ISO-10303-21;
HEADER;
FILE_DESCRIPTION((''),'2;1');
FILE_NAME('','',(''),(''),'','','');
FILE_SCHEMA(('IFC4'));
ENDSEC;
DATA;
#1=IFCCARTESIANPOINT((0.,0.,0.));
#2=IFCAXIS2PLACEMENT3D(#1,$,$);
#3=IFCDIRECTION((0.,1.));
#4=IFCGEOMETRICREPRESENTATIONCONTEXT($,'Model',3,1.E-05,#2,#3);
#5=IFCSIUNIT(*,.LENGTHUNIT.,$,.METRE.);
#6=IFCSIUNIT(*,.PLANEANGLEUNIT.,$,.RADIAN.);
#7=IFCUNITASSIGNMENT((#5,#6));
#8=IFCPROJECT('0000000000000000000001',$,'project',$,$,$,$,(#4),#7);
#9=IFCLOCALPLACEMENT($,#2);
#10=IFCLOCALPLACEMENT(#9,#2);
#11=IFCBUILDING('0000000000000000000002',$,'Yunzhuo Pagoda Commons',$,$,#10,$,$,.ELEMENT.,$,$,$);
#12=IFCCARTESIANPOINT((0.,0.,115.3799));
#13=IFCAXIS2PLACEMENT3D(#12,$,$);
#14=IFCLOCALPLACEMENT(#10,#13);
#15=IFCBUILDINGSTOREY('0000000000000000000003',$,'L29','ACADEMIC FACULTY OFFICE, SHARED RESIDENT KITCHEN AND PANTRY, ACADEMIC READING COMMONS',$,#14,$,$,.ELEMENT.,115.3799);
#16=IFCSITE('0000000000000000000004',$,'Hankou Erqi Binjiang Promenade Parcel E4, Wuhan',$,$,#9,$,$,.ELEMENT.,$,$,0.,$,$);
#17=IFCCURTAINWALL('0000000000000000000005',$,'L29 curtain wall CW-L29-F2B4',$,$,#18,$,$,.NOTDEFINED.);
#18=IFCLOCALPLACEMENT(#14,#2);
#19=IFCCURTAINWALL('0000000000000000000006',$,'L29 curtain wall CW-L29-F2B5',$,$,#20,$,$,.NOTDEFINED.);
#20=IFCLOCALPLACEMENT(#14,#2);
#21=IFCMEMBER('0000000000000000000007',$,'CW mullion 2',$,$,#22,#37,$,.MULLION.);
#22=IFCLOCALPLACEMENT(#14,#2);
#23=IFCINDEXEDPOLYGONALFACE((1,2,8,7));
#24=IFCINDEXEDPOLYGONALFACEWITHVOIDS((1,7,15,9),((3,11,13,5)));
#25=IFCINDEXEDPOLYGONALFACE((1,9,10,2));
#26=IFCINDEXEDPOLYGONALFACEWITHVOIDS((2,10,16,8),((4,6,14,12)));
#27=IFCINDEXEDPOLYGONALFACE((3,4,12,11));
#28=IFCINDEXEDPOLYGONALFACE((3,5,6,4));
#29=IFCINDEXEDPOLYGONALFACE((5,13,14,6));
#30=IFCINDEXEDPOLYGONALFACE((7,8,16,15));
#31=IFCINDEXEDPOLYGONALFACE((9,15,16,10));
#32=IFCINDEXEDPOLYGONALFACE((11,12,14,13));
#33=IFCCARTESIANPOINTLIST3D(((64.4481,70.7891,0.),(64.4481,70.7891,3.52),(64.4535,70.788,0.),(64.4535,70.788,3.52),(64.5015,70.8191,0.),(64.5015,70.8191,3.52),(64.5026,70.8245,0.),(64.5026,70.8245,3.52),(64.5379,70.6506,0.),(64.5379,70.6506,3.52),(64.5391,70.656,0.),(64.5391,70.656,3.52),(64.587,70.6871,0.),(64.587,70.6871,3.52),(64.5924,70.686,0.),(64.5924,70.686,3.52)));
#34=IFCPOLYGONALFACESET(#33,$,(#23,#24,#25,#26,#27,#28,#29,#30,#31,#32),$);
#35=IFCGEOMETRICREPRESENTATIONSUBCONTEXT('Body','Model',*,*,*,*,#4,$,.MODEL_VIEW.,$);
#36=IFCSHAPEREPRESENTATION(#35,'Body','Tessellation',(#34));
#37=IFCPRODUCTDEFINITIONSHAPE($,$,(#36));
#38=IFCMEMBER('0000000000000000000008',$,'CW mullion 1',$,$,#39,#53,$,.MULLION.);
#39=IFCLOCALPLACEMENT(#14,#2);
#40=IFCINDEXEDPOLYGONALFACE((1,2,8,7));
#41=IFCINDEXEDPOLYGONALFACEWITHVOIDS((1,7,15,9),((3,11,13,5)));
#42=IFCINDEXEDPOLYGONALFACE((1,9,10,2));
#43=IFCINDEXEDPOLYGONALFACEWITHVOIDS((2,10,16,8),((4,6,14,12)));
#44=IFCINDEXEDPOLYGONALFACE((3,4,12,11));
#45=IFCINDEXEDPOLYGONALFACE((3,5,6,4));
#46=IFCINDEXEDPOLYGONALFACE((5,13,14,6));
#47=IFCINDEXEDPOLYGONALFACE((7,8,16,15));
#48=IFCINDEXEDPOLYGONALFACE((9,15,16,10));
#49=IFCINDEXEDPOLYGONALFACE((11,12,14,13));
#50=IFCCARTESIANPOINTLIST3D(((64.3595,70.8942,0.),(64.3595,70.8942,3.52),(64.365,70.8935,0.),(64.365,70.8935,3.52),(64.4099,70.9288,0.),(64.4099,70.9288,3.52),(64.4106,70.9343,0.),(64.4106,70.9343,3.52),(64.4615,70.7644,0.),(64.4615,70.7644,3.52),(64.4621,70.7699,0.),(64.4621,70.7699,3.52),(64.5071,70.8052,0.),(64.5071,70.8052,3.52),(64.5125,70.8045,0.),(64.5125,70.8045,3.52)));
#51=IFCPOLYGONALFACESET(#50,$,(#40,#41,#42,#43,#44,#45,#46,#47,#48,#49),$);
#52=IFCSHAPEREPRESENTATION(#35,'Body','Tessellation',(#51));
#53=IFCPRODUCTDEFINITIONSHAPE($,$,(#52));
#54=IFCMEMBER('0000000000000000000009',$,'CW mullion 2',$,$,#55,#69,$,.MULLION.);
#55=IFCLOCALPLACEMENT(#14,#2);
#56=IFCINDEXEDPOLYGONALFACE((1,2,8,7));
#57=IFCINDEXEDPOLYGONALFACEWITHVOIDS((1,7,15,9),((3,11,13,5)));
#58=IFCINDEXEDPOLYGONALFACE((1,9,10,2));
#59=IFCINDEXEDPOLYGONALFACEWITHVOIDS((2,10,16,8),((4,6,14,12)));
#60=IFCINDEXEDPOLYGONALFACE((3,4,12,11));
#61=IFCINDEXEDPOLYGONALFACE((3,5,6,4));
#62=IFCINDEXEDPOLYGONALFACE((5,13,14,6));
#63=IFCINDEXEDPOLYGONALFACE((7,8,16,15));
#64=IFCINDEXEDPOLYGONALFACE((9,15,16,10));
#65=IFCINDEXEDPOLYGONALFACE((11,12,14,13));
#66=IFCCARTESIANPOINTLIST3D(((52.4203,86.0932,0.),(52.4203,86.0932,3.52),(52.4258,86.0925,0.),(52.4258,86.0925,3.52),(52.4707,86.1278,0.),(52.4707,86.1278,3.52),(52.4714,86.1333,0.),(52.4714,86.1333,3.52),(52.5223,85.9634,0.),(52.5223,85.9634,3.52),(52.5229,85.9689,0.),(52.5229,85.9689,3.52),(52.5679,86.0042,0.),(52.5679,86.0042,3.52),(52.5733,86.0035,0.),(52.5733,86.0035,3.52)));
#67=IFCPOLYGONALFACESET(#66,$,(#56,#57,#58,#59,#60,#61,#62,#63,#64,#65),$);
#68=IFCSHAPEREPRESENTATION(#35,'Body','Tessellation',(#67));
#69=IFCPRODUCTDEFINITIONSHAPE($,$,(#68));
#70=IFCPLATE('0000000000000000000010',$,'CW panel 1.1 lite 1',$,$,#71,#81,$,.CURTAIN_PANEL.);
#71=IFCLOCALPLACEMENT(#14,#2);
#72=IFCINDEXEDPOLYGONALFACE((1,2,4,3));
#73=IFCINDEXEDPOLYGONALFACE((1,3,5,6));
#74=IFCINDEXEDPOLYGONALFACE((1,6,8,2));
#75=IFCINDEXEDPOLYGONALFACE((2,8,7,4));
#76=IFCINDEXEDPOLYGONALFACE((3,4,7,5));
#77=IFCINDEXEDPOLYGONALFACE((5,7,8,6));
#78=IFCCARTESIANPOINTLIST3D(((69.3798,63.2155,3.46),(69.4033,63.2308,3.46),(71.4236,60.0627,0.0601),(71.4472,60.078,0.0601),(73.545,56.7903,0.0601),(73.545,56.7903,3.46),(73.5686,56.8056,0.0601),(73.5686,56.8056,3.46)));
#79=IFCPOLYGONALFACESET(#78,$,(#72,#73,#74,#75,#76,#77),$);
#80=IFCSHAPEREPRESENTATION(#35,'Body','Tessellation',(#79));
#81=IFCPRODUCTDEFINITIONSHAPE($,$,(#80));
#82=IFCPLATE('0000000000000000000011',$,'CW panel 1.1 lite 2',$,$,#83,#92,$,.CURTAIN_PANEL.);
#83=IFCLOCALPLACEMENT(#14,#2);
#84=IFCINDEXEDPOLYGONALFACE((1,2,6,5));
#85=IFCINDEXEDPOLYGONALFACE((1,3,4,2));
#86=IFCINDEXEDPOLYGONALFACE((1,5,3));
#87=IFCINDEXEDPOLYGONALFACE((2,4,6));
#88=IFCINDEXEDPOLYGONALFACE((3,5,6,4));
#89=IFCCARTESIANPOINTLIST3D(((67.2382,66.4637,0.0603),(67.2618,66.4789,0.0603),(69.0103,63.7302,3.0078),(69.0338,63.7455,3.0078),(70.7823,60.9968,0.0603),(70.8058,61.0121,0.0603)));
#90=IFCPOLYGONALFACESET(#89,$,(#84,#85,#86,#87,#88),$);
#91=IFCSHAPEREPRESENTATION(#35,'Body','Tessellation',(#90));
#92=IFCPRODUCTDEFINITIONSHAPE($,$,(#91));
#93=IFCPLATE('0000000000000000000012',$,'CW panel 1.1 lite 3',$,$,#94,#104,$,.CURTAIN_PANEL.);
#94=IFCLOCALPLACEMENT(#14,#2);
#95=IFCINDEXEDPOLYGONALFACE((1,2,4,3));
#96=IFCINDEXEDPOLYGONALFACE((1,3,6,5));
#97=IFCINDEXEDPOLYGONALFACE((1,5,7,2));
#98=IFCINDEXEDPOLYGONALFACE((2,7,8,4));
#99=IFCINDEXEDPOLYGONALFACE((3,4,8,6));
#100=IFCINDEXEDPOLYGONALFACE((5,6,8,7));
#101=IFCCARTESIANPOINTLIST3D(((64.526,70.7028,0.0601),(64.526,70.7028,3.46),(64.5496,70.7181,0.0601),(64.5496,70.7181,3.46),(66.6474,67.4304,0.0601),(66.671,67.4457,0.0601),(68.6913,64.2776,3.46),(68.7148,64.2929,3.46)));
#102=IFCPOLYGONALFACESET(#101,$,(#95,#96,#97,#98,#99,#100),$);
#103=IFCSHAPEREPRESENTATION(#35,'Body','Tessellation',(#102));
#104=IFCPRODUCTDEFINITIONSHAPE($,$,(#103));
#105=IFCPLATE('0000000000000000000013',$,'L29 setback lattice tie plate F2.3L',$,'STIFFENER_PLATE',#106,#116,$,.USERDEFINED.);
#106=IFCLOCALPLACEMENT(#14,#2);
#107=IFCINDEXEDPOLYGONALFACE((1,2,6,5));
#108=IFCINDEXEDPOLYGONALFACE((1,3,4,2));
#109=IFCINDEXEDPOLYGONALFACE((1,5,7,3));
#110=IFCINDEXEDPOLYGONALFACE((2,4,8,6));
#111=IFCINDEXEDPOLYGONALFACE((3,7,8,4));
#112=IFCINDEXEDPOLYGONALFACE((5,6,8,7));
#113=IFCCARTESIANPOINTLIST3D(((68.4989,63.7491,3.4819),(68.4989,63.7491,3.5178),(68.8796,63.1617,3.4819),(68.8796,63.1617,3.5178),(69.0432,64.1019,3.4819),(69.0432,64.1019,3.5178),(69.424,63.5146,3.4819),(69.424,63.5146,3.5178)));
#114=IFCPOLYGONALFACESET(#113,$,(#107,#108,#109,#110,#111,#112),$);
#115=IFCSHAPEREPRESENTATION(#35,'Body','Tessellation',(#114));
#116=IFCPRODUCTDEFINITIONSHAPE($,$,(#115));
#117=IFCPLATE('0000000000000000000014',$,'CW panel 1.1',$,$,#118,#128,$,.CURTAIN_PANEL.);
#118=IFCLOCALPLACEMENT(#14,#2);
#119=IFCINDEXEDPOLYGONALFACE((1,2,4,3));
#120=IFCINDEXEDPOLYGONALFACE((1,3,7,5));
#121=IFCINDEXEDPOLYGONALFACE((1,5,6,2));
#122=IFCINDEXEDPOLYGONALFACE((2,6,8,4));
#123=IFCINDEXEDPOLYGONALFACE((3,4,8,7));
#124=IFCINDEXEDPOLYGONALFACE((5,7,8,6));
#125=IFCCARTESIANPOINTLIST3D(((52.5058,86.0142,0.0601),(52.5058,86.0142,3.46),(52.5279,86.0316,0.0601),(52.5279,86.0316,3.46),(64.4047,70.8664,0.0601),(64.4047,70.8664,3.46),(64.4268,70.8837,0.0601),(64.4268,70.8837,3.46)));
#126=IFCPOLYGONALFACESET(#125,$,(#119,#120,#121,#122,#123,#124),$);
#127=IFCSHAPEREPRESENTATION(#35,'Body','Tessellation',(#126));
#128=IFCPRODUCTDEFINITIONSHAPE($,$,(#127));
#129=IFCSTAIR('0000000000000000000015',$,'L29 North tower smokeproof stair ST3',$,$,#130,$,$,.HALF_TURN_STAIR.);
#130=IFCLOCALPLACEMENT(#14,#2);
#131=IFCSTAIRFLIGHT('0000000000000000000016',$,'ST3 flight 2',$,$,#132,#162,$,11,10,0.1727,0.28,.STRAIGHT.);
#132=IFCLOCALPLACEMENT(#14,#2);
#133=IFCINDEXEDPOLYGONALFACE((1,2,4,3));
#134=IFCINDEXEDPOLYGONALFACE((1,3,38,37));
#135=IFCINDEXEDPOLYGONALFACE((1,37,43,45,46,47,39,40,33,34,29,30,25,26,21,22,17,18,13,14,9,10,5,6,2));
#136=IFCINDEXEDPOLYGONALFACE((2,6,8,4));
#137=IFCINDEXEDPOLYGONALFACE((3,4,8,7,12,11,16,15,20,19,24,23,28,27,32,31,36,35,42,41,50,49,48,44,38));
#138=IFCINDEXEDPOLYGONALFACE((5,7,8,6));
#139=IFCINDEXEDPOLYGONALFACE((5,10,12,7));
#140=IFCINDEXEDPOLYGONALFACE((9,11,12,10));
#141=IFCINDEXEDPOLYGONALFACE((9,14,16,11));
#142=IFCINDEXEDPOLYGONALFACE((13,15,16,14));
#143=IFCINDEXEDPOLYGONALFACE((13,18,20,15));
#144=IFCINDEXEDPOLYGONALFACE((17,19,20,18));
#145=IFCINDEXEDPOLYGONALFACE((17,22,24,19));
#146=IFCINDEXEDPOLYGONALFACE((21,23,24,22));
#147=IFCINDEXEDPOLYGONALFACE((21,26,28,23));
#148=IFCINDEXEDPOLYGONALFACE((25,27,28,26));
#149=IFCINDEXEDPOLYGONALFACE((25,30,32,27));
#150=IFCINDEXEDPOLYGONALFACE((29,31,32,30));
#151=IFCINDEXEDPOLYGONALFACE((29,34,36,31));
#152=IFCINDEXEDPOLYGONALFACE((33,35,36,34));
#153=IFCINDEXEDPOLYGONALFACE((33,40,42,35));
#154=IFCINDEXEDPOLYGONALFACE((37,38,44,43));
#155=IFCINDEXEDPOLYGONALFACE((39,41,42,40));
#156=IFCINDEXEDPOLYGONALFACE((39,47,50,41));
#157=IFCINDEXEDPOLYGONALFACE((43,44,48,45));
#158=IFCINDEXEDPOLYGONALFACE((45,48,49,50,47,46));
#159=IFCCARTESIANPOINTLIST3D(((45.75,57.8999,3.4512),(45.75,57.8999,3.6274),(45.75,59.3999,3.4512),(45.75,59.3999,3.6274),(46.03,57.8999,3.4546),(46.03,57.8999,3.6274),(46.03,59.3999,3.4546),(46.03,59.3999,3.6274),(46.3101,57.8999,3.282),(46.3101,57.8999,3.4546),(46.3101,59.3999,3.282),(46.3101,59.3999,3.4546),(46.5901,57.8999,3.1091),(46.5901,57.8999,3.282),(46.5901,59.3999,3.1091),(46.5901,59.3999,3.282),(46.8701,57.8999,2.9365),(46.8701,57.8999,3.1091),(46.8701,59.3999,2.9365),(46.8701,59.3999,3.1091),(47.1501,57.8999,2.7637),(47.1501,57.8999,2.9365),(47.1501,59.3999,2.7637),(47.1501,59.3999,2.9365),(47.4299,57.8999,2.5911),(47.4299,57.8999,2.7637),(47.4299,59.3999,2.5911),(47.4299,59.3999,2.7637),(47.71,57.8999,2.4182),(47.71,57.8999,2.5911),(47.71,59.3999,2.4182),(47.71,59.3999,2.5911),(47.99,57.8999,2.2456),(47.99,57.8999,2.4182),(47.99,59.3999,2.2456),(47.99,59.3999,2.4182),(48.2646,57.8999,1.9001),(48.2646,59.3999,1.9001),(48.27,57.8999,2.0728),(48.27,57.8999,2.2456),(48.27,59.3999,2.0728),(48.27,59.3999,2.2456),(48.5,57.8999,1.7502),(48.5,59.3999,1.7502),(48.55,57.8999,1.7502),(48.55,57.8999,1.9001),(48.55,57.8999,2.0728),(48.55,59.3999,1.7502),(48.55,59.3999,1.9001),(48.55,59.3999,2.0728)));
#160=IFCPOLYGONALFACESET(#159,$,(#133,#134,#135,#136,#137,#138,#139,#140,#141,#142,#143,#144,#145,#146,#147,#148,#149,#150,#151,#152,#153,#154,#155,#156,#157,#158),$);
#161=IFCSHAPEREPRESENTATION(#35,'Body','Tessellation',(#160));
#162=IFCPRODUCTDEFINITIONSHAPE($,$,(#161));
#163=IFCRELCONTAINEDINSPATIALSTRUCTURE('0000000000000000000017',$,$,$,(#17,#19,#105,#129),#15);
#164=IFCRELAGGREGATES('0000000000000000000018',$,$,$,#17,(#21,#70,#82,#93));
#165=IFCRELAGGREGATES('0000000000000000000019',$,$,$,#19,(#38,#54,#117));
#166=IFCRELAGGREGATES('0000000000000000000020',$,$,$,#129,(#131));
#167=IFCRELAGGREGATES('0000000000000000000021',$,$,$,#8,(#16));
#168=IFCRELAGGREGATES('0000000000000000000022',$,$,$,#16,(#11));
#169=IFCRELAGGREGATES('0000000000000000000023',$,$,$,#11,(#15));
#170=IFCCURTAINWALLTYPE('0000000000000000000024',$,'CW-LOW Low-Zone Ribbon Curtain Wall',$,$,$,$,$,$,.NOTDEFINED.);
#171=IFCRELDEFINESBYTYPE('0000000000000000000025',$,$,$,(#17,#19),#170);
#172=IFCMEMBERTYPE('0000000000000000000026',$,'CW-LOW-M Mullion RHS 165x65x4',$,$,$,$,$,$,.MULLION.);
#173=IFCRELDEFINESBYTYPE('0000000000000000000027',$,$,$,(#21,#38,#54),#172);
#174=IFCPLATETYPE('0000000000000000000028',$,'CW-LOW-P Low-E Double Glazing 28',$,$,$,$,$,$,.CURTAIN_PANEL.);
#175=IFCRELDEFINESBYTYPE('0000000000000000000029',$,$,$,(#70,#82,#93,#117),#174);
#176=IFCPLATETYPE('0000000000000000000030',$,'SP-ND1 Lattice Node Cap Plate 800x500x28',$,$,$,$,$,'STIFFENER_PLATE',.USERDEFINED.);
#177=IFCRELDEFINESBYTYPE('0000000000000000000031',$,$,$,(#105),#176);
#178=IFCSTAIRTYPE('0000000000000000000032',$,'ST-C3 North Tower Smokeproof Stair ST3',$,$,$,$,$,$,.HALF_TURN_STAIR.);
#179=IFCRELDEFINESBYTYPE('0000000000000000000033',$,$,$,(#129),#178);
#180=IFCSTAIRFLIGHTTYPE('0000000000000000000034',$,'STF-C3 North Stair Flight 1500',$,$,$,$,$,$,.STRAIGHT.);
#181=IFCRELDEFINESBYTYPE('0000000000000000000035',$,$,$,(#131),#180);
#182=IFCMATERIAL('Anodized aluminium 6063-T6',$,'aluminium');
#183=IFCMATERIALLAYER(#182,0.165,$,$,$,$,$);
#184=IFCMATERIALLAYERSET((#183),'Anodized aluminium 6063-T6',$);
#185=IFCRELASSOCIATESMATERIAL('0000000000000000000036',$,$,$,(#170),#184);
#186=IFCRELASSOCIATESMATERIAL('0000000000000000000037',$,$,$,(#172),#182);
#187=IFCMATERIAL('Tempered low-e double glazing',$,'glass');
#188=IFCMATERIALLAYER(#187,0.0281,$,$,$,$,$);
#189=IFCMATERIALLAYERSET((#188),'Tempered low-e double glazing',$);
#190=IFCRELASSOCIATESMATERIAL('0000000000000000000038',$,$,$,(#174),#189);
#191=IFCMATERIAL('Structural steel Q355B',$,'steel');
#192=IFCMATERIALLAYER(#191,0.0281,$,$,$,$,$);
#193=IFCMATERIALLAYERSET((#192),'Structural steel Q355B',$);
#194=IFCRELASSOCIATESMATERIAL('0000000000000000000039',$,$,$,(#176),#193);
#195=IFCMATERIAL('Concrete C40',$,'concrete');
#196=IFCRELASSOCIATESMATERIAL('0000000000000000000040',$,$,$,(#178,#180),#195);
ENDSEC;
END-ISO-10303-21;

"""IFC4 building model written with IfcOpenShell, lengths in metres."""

from ifc_helpers import new_model, si_unit, direction, frame, origin, origin_2d, place, context, subcontext, project, spatial, polyline, rectangle, hollow_rectangle, outline, extrude, source, transform, mapped, material, layer, layer_set, material_profile, profile_set, type_object, element, aggregate, save


model = new_model("IFC4")

# Units and contexts
model_context = context("Model", 3, precision=1e-05, world=origin(), true_north=direction((0.0, 1.0)))
body_context = subcontext(model_context, "Body", "Model", "MODEL_VIEW")
ifc_project = project(units=[si_unit("LENGTHUNIT", "METRE"), si_unit("PLANEANGLEUNIT", "RADIAN")], contexts=[model_context])

# Site, building, storey
site_placement = place(None, origin())
site = spatial("IfcSite", under=ifc_project, at=site_placement, Name="Hankou Erqi Binjiang Promenade Parcel E4, Wuhan", CompositionType="ELEMENT", RefElevation=0.0)
building_placement = place(site_placement, origin())
building = spatial("IfcBuilding", under=site, at=building_placement, Name="Yunzhuo Pagoda Commons", CompositionType="ELEMENT")
storey_placement = place(building_placement, frame((0.0, 0.0, 115.3799)))
storey = spatial("IfcBuildingStorey", under=building, at=storey_placement, Name="L29", Description="ACADEMIC FACULTY OFFICE, SHARED RESIDENT KITCHEN AND PANTRY, ACADEMIC READING COMMONS", CompositionType="ELEMENT", Elevation=115.3799)

# Shared definitions
ifc_material_1 = material(Name="Structural steel Q355B", Category="steel")

# Curtain wall
ifc_material_2 = material(Name="Anodized aluminium 6063-T6", Category="aluminium")
ifc_layer_1 = layer(ifc_material_2, 0.165)
ifc_layer_set_1 = layer_set([ifc_layer_1], Name="Anodized aluminium 6063-T6")
curtain_wall_type = type_object("IfcCurtainWallType", Name="CW-LOW Low-Zone Ribbon Curtain Wall", PredefinedType="NOTDEFINED", material=ifc_layer_set_1)
curtain_wall_1_placement = place(storey_placement, origin())
curtain_wall_1 = element("IfcCurtainWall", 1, at=curtain_wall_1_placement, inside=storey, type_object=curtain_wall_type, Name="L29 curtain wall CW-L29-F2B4", PredefinedType="NOTDEFINED")

# Curtain wall
curtain_wall_2_placement = place(storey_placement, origin())
curtain_wall_2 = element("IfcCurtainWall", 2, at=curtain_wall_2_placement, inside=storey, type_object=curtain_wall_type, Name="L29 curtain wall CW-L29-F2B5", PredefinedType="NOTDEFINED")

# Members
ifc_material_profile_1 = material_profile(ifc_material_2, hollow_rectangle(XDim=0.0649, YDim=0.165, WallThickness=0.0039, at=origin_2d()), Name="Anodized aluminium 6063-T6")
ifc_profile_set_1 = profile_set([ifc_material_profile_1], Name="Anodized aluminium 6063-T6")
member_type_1 = type_object("IfcMemberType", Name="CW-LOW-M Mullion RHS 165x65x4", PredefinedType="MULLION", material=ifc_profile_set_1)
shared_shape_1 = source(origin(), body_context, "Body", "SweptSolid", [
    extrude(hollow_rectangle(XDim=0.0649, YDim=0.165, WallThickness=0.0039, at=origin_2d()), origin(), (0.0, 0.0, 1.0), 3.52),
])
member_1_placement = place(storey_placement, frame((64.5203, 70.7375, 0.0), z_axis=(0.0, 0.0, 1.0), x_axis=(-0.839106, -0.543968, 0.0)))
member_1 = element("IfcMember", 3, at=member_1_placement, type_object=member_type_1, Name="CW mullion 2", PredefinedType="MULLION", context=body_context, shape_type="MappedRepresentation", body=[
    mapped(shared_shape_1, transform((0.0, 0.0, 0.0), scale=1.0)),
])
member_2_placement = place(storey_placement, frame((64.436, 70.8494, 0.0), z_axis=(0.0, 0.0, 1.0), x_axis=(-0.786392, -0.617728, 0.0)))
member_2 = element("IfcMember", 4, at=member_2_placement, type_object=member_type_1, Name="CW mullion 1", PredefinedType="MULLION", context=body_context, shape_type="MappedRepresentation", body=[
    mapped(shared_shape_1, transform((0.0, 0.0, 0.0), scale=1.0)),
])
member_3_placement = place(storey_placement, frame((52.4968, 86.0483, 0.0), z_axis=(0.0, 0.0, 1.0), x_axis=(-0.786392, -0.617728, 0.0)))
member_3 = element("IfcMember", 5, at=member_3_placement, type_object=member_type_1, Name="CW mullion 2", PredefinedType="MULLION", context=body_context, shape_type="MappedRepresentation", body=[
    mapped(shared_shape_1, transform((0.0, 0.0, 0.0), scale=1.0)),
])

# Plates
ifc_material_3 = material(Name="Tempered low-e double glazing", Category="glass")
ifc_layer_2 = layer(ifc_material_3, 0.0281)
ifc_layer_set_2 = layer_set([ifc_layer_2], Name="Tempered low-e double glazing")
plate_type_1 = type_object("IfcPlateType", Name="CW-LOW-P Low-E Double Glazing 28", PredefinedType="CURTAIN_PANEL", material=ifc_layer_set_2)
plate_1_placement = place(storey_placement, frame((71.4624, 60.0029, 1.76), z_axis=(0.839106, 0.543968, 0.0), x_axis=(-0.543968, 0.839106, 0.0)))
plate_1 = element("IfcPlate", 6, at=plate_1_placement, type_object=plate_type_1, Name="CW panel 1.1 lite 1", PredefinedType="CURTAIN_PANEL", context=body_context, shape_type="SweptSolid", body=[
    extrude(outline(polyline([(-3.8286, -1.7), (0.0713, -1.7), (3.8286, 1.7), (-3.8286, 1.7), (-3.8286, -1.7)])), origin(), (0.0, 0.0, 1.0), 0.0281),
])
plate_2_placement = place(storey_placement, frame((69.0103, 63.7302, 1.5339), z_axis=(0.839106, 0.543968, 0.0), x_axis=(-0.543968, 0.839106, 0.0)))
plate_2 = element("IfcPlate", 7, at=plate_2_placement, type_object=plate_type_1, Name="CW panel 1.1 lite 2", PredefinedType="CURTAIN_PANEL", context=body_context, shape_type="SweptSolid", body=[
    extrude(outline(polyline([(-3.2576, -1.4736), (3.2576, -1.4736), (0.0, 1.4739), (-3.2576, -1.4736)])), origin(), (0.0, 0.0, 1.0), 0.0281),
])
plate_3_placement = place(storey_placement, frame((66.6086, 67.4902, 1.76), z_axis=(0.839106, 0.543968, 0.0), x_axis=(-0.543968, 0.839106, 0.0)))
plate_3 = element("IfcPlate", 8, at=plate_3_placement, type_object=plate_type_1, Name="CW panel 1.1 lite 3", PredefinedType="CURTAIN_PANEL", context=body_context, shape_type="SweptSolid", body=[
    extrude(outline(polyline([(-3.8286, 1.7), (-0.0713, -1.7), (3.8286, -1.7), (3.8286, 1.7), (-3.8286, 1.7)])), origin(), (0.0, 0.0, 1.0), 0.0281),
])
aggregate(curtain_wall_1, [member_1, plate_1, plate_2, plate_3])
ifc_layer_3 = layer(ifc_material_1, 0.0281)
ifc_layer_set_3 = layer_set([ifc_layer_3], Name="Structural steel Q355B")
plate_type_2 = type_object("IfcPlateType", Name="SP-ND1 Lattice Node Cap Plate 800x500x28", ElementType="STIFFENER_PLATE", PredefinedType="USERDEFINED", material=ifc_layer_set_3)
shared_shape_2 = source(origin(), body_context, "Body", "SweptSolid", [
    extrude(rectangle(XDim=0.7, YDim=0.6487, at=origin_2d()), origin(), (0.0, 0.0, 1.0), 0.0359),
])
plate_4_placement = place(storey_placement, frame((68.9614, 63.6318, 3.4819), z_axis=(0.0, 0.0, 1.0), x_axis=(-0.543966, 0.839108, 0.0)))
element("IfcPlate", 9, at=plate_4_placement, inside=storey, type_object=plate_type_2, Name="L29 setback lattice tie plate F2.3L", ObjectType="STIFFENER_PLATE", PredefinedType="USERDEFINED", context=body_context, shape_type="MappedRepresentation", body=[
    mapped(shared_shape_2, transform((0.0, 0.0, 0.0), scale=1.0)),
])
shared_shape_3 = source(origin(), body_context, "Body", "SweptSolid", [
    extrude(rectangle(XDim=19.2625, YDim=0.0281, at=origin_2d()), origin(), (0.0, 0.0, 1.0), 3.3999),
])
plate_5_placement = place(storey_placement, frame((58.4663, 78.449, 0.0601), z_axis=(0.0, 0.0, 1.0), x_axis=(-0.617728, 0.786392, 0.0)))
plate_5 = element("IfcPlate", 10, at=plate_5_placement, type_object=plate_type_1, Name="CW panel 1.1", PredefinedType="CURTAIN_PANEL", context=body_context, shape_type="MappedRepresentation", body=[
    mapped(shared_shape_3, transform((0.0, 0.0, 0.0), scale=1.0)),
])
aggregate(curtain_wall_2, [member_2, member_3, plate_5])

# Stair, stair flight
ifc_material_4 = material(Name="Concrete C40", Category="concrete")
stair_type = type_object("IfcStairType", Name="ST-C3 North Tower Smokeproof Stair ST3", PredefinedType="HALF_TURN_STAIR", material=ifc_material_4)
stair_placement = place(storey_placement, origin())
stair = element("IfcStair", 11, at=stair_placement, inside=storey, type_object=stair_type, Name="L29 North tower smokeproof stair ST3", PredefinedType="HALF_TURN_STAIR")
stair_flight_type = type_object("IfcStairFlightType", Name="STF-C3 North Stair Flight 1500", PredefinedType="STRAIGHT", material=ifc_material_4)
shared_shape_4 = source(origin(), body_context, "Body", "SweptSolid", [
    extrude(outline(polyline([(0.0, -0.1499), (0.0, 0.0), (0.0, 0.1726), (0.28, 0.1726), (0.28, 0.3455), (0.5601, 0.3455), (0.5601, 0.5181), (0.8401, 0.5181), (0.8401, 0.6909), (1.1201, 0.6909), (1.1201, 0.8635), (1.3999, 0.8635), (1.3999, 1.0364), (1.6799, 1.0364), (1.6799, 1.209), (1.96, 1.209), (1.96, 1.3818), (2.24, 1.3818), (2.24, 1.5544), (2.52, 1.5544), (2.52, 1.7273), (2.8, 1.7273), (2.8, 1.8999), (2.8, 1.551), (0.2854, 0.0), (0.05, -0.1499), (0.0, -0.1499)])), frame((0.0, 0.75, 0.0), z_axis=(0.0, -1.0, 0.0), x_axis=(1.0, 0.0, 0.0)), (0.0, 0.0, 1.0), 1.5),
])
stair_flight_placement = place(storey_placement, frame((48.55, 58.6499, 1.9001), z_axis=(0.0, 0.0, 1.0), x_axis=(-1.0, 0.0, 0.0)))
stair_flight = element("IfcStairFlight", 12, at=stair_flight_placement, type_object=stair_flight_type, Name="ST3 flight 2", NumberOfRisers=11, NumberOfTreads=10, PredefinedType="STRAIGHT", RiserHeight=0.1727, TreadLength=0.28, context=body_context, shape_type="MappedRepresentation", body=[
    mapped(shared_shape_4, transform((0.0, 0.0, 0.0), scale=1.0)),
])
aggregate(stair, [stair_flight])

save(model, "model.ifc")
